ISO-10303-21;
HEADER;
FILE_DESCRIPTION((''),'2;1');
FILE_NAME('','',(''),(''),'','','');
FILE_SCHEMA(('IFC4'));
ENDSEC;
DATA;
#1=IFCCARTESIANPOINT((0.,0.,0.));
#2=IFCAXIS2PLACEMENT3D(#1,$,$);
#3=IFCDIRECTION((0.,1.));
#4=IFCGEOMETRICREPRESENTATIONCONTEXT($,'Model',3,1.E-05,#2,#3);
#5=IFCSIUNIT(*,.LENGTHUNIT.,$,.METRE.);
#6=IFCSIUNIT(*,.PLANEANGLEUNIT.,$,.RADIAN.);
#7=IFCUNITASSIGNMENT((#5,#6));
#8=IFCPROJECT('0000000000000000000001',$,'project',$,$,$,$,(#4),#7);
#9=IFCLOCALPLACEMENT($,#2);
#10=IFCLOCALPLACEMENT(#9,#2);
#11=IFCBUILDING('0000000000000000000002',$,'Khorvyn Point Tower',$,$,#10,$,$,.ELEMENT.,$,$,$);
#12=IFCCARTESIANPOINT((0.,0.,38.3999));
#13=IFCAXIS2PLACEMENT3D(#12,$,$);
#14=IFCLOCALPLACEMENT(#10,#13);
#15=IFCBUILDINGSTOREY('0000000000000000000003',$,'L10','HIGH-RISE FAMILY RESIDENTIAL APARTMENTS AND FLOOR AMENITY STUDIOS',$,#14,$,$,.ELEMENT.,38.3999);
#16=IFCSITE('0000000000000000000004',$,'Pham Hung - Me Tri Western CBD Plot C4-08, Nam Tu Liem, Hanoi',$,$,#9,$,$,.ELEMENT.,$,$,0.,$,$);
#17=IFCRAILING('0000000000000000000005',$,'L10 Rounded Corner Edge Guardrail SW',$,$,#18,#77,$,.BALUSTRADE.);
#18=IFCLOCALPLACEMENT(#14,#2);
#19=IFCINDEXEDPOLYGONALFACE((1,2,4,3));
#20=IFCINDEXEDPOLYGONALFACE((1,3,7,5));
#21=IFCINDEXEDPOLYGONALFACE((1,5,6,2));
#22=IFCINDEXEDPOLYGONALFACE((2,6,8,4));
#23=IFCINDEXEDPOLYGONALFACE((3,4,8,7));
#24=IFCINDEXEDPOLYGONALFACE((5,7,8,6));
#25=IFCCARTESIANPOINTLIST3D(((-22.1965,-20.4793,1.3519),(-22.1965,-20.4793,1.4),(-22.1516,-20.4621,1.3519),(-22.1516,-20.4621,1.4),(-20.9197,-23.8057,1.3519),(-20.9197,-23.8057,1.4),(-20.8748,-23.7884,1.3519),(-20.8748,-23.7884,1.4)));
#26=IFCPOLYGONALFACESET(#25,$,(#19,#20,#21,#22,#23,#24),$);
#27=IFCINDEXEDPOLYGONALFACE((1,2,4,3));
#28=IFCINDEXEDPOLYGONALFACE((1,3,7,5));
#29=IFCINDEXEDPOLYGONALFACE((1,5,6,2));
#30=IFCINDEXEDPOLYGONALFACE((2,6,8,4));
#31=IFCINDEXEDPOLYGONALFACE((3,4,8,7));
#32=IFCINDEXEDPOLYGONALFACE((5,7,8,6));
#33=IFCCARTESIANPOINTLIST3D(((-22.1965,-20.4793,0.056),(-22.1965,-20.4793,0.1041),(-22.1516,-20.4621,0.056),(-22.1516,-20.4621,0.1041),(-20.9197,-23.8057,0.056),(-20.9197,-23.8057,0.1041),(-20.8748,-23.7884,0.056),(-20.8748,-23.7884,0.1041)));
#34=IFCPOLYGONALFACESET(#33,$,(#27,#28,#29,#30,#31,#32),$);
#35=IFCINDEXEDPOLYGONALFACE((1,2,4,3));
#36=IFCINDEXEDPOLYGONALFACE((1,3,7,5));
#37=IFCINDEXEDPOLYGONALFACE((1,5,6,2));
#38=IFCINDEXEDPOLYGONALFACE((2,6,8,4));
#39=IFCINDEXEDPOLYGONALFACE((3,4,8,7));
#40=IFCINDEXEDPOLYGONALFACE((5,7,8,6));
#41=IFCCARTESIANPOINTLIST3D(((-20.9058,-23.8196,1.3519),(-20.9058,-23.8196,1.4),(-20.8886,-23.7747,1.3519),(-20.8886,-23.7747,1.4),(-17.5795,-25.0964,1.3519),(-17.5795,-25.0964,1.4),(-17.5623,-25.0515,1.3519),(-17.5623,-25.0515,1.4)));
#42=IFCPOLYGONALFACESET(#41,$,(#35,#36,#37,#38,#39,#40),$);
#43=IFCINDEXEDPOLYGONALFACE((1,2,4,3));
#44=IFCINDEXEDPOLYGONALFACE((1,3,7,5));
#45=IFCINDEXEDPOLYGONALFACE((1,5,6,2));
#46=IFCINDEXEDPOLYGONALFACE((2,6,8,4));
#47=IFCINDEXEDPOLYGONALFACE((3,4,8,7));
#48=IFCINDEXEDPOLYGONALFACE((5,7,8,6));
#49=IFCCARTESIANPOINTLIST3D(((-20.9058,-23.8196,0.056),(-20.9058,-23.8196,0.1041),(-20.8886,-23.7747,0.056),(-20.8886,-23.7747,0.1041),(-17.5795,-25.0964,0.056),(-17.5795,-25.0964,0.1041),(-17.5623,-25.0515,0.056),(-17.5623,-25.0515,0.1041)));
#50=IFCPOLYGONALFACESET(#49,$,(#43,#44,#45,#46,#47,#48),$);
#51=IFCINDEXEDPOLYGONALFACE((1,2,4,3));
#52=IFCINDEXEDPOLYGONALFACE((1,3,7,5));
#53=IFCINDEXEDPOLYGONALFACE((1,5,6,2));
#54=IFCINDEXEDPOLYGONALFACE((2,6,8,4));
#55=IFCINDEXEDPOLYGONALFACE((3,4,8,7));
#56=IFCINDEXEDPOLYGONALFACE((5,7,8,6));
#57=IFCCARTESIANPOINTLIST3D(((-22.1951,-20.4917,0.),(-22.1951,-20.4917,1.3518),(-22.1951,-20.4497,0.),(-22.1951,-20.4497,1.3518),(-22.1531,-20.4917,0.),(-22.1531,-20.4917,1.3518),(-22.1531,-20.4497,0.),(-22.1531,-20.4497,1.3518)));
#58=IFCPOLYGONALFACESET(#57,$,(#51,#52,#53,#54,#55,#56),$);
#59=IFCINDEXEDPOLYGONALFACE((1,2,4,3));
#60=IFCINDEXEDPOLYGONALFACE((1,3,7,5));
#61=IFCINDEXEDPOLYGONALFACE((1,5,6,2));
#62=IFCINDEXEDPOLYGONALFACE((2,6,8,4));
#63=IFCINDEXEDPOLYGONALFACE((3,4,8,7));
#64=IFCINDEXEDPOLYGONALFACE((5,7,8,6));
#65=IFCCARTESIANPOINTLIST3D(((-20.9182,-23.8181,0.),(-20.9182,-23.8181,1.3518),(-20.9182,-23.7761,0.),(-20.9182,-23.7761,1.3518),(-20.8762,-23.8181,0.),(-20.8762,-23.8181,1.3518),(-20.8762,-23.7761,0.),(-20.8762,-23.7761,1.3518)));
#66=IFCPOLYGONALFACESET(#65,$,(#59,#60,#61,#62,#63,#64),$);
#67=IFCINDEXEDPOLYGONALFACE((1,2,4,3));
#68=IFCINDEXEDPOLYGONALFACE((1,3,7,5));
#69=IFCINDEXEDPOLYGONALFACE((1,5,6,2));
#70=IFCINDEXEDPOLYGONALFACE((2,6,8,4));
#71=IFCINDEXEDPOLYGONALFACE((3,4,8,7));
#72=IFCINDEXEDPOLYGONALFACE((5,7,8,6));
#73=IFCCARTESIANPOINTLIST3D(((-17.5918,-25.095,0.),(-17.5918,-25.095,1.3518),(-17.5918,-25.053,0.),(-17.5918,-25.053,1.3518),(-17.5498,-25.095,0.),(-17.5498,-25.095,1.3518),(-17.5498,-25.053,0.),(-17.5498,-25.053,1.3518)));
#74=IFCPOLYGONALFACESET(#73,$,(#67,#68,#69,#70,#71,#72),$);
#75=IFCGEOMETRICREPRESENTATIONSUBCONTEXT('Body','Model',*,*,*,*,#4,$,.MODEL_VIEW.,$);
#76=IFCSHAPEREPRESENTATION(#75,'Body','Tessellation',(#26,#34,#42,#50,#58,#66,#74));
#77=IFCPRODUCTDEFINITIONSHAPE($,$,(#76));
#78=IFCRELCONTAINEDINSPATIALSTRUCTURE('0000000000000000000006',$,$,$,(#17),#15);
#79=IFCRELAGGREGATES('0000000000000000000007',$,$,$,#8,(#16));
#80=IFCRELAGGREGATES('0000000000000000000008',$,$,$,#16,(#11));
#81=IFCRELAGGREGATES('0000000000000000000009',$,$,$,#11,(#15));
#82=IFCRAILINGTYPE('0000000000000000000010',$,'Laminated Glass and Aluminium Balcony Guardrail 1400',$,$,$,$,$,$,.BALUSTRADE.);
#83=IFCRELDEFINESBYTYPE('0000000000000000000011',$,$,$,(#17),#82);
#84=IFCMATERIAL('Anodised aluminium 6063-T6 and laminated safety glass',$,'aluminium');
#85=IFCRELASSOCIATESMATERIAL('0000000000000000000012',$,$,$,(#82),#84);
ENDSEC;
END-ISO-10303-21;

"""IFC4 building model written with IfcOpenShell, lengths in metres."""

from ifc_helpers import new_model, si_unit, direction, frame, origin, origin_2d, place, context, subcontext, project, spatial, rectangle, extrude, material, type_object, element, save


model = new_model("IFC4")

# Units and contexts
model_context = context("Model", 3, precision=1e-05, world=origin(), true_north=direction((0.0, 1.0)))
body_context = subcontext(model_context, "Body", "Model", "MODEL_VIEW")
ifc_project = project(units=[si_unit("LENGTHUNIT", "METRE"), si_unit("PLANEANGLEUNIT", "RADIAN")], contexts=[model_context])

# Site, building, storey
site_placement = place(None, origin())
site = spatial("IfcSite", under=ifc_project, at=site_placement, Name="Pham Hung - Me Tri Western CBD Plot C4-08, Nam Tu Liem, Hanoi", CompositionType="ELEMENT", RefElevation=0.0)
building_placement = place(site_placement, origin())
building = spatial("IfcBuilding", under=site, at=building_placement, Name="Khorvyn Point Tower", CompositionType="ELEMENT")
storey_placement = place(building_placement, frame((0.0, 0.0, 38.3999)))
storey = spatial("IfcBuildingStorey", under=building, at=storey_placement, Name="L10", Description="HIGH-RISE FAMILY RESIDENTIAL APARTMENTS AND FLOOR AMENITY STUDIOS", CompositionType="ELEMENT", Elevation=38.3999)

# Railing
ifc_material_1 = material(Name="Anodised aluminium 6063-T6 and laminated safety glass", Category="aluminium")
railing_type = type_object("IfcRailingType", Name="Laminated Glass and Aluminium Balcony Guardrail 1400", PredefinedType="BALUSTRADE", material=ifc_material_1)
railing_placement = place(storey_placement, frame((-22.1741, -20.4707, 0.0)))
element("IfcRailing", 1, at=railing_placement, inside=storey, type_object=railing_type, Name="L10 Rounded Corner Edge Guardrail SW", PredefinedType="BALUSTRADE", context=body_context, shape_type="SweptSolid", body=[
    extrude(rectangle(XDim=0.0481, YDim=0.0481, at=origin_2d()), frame((0.0, 0.0, 1.376), z_axis=(0.358359, -0.933584, 0.0), x_axis=(0.933584, 0.358359, 0.0)), (0.0, 0.0, 1.0), 3.563),
    extrude(rectangle(XDim=0.0481, YDim=0.0481, at=origin_2d()), frame((0.0, 0.0, 0.0801), z_axis=(0.358359, -0.933584, 0.0), x_axis=(0.933584, 0.358359, 0.0)), (0.0, 0.0, 1.0), 3.563),
    extrude(rectangle(XDim=0.0481, YDim=0.0481, at=origin_2d()), frame((1.2769, -3.3264, 1.376), z_axis=(0.933584, -0.358359, 0.0), x_axis=(0.358359, 0.933584, 0.0)), (0.0, 0.0, 1.0), 3.563),
    extrude(rectangle(XDim=0.0481, YDim=0.0481, at=origin_2d()), frame((1.2769, -3.3264, 0.0801), z_axis=(0.933584, -0.358359, 0.0), x_axis=(0.358359, 0.933584, 0.0)), (0.0, 0.0, 1.0), 3.563),
    extrude(rectangle(XDim=0.042, YDim=0.042, at=origin_2d()), origin(), (0.0, 0.0, 1.0), 1.3518),
    extrude(rectangle(XDim=0.042, YDim=0.042, at=origin_2d()), frame((1.2769, -3.3264, 0.0)), (0.0, 0.0, 1.0), 1.3518),
    extrude(rectangle(XDim=0.042, YDim=0.042, at=origin_2d()), frame((4.6033, -4.6033, 0.0)), (0.0, 0.0, 1.0), 1.3518),
])

save(model, "model.ifc")
